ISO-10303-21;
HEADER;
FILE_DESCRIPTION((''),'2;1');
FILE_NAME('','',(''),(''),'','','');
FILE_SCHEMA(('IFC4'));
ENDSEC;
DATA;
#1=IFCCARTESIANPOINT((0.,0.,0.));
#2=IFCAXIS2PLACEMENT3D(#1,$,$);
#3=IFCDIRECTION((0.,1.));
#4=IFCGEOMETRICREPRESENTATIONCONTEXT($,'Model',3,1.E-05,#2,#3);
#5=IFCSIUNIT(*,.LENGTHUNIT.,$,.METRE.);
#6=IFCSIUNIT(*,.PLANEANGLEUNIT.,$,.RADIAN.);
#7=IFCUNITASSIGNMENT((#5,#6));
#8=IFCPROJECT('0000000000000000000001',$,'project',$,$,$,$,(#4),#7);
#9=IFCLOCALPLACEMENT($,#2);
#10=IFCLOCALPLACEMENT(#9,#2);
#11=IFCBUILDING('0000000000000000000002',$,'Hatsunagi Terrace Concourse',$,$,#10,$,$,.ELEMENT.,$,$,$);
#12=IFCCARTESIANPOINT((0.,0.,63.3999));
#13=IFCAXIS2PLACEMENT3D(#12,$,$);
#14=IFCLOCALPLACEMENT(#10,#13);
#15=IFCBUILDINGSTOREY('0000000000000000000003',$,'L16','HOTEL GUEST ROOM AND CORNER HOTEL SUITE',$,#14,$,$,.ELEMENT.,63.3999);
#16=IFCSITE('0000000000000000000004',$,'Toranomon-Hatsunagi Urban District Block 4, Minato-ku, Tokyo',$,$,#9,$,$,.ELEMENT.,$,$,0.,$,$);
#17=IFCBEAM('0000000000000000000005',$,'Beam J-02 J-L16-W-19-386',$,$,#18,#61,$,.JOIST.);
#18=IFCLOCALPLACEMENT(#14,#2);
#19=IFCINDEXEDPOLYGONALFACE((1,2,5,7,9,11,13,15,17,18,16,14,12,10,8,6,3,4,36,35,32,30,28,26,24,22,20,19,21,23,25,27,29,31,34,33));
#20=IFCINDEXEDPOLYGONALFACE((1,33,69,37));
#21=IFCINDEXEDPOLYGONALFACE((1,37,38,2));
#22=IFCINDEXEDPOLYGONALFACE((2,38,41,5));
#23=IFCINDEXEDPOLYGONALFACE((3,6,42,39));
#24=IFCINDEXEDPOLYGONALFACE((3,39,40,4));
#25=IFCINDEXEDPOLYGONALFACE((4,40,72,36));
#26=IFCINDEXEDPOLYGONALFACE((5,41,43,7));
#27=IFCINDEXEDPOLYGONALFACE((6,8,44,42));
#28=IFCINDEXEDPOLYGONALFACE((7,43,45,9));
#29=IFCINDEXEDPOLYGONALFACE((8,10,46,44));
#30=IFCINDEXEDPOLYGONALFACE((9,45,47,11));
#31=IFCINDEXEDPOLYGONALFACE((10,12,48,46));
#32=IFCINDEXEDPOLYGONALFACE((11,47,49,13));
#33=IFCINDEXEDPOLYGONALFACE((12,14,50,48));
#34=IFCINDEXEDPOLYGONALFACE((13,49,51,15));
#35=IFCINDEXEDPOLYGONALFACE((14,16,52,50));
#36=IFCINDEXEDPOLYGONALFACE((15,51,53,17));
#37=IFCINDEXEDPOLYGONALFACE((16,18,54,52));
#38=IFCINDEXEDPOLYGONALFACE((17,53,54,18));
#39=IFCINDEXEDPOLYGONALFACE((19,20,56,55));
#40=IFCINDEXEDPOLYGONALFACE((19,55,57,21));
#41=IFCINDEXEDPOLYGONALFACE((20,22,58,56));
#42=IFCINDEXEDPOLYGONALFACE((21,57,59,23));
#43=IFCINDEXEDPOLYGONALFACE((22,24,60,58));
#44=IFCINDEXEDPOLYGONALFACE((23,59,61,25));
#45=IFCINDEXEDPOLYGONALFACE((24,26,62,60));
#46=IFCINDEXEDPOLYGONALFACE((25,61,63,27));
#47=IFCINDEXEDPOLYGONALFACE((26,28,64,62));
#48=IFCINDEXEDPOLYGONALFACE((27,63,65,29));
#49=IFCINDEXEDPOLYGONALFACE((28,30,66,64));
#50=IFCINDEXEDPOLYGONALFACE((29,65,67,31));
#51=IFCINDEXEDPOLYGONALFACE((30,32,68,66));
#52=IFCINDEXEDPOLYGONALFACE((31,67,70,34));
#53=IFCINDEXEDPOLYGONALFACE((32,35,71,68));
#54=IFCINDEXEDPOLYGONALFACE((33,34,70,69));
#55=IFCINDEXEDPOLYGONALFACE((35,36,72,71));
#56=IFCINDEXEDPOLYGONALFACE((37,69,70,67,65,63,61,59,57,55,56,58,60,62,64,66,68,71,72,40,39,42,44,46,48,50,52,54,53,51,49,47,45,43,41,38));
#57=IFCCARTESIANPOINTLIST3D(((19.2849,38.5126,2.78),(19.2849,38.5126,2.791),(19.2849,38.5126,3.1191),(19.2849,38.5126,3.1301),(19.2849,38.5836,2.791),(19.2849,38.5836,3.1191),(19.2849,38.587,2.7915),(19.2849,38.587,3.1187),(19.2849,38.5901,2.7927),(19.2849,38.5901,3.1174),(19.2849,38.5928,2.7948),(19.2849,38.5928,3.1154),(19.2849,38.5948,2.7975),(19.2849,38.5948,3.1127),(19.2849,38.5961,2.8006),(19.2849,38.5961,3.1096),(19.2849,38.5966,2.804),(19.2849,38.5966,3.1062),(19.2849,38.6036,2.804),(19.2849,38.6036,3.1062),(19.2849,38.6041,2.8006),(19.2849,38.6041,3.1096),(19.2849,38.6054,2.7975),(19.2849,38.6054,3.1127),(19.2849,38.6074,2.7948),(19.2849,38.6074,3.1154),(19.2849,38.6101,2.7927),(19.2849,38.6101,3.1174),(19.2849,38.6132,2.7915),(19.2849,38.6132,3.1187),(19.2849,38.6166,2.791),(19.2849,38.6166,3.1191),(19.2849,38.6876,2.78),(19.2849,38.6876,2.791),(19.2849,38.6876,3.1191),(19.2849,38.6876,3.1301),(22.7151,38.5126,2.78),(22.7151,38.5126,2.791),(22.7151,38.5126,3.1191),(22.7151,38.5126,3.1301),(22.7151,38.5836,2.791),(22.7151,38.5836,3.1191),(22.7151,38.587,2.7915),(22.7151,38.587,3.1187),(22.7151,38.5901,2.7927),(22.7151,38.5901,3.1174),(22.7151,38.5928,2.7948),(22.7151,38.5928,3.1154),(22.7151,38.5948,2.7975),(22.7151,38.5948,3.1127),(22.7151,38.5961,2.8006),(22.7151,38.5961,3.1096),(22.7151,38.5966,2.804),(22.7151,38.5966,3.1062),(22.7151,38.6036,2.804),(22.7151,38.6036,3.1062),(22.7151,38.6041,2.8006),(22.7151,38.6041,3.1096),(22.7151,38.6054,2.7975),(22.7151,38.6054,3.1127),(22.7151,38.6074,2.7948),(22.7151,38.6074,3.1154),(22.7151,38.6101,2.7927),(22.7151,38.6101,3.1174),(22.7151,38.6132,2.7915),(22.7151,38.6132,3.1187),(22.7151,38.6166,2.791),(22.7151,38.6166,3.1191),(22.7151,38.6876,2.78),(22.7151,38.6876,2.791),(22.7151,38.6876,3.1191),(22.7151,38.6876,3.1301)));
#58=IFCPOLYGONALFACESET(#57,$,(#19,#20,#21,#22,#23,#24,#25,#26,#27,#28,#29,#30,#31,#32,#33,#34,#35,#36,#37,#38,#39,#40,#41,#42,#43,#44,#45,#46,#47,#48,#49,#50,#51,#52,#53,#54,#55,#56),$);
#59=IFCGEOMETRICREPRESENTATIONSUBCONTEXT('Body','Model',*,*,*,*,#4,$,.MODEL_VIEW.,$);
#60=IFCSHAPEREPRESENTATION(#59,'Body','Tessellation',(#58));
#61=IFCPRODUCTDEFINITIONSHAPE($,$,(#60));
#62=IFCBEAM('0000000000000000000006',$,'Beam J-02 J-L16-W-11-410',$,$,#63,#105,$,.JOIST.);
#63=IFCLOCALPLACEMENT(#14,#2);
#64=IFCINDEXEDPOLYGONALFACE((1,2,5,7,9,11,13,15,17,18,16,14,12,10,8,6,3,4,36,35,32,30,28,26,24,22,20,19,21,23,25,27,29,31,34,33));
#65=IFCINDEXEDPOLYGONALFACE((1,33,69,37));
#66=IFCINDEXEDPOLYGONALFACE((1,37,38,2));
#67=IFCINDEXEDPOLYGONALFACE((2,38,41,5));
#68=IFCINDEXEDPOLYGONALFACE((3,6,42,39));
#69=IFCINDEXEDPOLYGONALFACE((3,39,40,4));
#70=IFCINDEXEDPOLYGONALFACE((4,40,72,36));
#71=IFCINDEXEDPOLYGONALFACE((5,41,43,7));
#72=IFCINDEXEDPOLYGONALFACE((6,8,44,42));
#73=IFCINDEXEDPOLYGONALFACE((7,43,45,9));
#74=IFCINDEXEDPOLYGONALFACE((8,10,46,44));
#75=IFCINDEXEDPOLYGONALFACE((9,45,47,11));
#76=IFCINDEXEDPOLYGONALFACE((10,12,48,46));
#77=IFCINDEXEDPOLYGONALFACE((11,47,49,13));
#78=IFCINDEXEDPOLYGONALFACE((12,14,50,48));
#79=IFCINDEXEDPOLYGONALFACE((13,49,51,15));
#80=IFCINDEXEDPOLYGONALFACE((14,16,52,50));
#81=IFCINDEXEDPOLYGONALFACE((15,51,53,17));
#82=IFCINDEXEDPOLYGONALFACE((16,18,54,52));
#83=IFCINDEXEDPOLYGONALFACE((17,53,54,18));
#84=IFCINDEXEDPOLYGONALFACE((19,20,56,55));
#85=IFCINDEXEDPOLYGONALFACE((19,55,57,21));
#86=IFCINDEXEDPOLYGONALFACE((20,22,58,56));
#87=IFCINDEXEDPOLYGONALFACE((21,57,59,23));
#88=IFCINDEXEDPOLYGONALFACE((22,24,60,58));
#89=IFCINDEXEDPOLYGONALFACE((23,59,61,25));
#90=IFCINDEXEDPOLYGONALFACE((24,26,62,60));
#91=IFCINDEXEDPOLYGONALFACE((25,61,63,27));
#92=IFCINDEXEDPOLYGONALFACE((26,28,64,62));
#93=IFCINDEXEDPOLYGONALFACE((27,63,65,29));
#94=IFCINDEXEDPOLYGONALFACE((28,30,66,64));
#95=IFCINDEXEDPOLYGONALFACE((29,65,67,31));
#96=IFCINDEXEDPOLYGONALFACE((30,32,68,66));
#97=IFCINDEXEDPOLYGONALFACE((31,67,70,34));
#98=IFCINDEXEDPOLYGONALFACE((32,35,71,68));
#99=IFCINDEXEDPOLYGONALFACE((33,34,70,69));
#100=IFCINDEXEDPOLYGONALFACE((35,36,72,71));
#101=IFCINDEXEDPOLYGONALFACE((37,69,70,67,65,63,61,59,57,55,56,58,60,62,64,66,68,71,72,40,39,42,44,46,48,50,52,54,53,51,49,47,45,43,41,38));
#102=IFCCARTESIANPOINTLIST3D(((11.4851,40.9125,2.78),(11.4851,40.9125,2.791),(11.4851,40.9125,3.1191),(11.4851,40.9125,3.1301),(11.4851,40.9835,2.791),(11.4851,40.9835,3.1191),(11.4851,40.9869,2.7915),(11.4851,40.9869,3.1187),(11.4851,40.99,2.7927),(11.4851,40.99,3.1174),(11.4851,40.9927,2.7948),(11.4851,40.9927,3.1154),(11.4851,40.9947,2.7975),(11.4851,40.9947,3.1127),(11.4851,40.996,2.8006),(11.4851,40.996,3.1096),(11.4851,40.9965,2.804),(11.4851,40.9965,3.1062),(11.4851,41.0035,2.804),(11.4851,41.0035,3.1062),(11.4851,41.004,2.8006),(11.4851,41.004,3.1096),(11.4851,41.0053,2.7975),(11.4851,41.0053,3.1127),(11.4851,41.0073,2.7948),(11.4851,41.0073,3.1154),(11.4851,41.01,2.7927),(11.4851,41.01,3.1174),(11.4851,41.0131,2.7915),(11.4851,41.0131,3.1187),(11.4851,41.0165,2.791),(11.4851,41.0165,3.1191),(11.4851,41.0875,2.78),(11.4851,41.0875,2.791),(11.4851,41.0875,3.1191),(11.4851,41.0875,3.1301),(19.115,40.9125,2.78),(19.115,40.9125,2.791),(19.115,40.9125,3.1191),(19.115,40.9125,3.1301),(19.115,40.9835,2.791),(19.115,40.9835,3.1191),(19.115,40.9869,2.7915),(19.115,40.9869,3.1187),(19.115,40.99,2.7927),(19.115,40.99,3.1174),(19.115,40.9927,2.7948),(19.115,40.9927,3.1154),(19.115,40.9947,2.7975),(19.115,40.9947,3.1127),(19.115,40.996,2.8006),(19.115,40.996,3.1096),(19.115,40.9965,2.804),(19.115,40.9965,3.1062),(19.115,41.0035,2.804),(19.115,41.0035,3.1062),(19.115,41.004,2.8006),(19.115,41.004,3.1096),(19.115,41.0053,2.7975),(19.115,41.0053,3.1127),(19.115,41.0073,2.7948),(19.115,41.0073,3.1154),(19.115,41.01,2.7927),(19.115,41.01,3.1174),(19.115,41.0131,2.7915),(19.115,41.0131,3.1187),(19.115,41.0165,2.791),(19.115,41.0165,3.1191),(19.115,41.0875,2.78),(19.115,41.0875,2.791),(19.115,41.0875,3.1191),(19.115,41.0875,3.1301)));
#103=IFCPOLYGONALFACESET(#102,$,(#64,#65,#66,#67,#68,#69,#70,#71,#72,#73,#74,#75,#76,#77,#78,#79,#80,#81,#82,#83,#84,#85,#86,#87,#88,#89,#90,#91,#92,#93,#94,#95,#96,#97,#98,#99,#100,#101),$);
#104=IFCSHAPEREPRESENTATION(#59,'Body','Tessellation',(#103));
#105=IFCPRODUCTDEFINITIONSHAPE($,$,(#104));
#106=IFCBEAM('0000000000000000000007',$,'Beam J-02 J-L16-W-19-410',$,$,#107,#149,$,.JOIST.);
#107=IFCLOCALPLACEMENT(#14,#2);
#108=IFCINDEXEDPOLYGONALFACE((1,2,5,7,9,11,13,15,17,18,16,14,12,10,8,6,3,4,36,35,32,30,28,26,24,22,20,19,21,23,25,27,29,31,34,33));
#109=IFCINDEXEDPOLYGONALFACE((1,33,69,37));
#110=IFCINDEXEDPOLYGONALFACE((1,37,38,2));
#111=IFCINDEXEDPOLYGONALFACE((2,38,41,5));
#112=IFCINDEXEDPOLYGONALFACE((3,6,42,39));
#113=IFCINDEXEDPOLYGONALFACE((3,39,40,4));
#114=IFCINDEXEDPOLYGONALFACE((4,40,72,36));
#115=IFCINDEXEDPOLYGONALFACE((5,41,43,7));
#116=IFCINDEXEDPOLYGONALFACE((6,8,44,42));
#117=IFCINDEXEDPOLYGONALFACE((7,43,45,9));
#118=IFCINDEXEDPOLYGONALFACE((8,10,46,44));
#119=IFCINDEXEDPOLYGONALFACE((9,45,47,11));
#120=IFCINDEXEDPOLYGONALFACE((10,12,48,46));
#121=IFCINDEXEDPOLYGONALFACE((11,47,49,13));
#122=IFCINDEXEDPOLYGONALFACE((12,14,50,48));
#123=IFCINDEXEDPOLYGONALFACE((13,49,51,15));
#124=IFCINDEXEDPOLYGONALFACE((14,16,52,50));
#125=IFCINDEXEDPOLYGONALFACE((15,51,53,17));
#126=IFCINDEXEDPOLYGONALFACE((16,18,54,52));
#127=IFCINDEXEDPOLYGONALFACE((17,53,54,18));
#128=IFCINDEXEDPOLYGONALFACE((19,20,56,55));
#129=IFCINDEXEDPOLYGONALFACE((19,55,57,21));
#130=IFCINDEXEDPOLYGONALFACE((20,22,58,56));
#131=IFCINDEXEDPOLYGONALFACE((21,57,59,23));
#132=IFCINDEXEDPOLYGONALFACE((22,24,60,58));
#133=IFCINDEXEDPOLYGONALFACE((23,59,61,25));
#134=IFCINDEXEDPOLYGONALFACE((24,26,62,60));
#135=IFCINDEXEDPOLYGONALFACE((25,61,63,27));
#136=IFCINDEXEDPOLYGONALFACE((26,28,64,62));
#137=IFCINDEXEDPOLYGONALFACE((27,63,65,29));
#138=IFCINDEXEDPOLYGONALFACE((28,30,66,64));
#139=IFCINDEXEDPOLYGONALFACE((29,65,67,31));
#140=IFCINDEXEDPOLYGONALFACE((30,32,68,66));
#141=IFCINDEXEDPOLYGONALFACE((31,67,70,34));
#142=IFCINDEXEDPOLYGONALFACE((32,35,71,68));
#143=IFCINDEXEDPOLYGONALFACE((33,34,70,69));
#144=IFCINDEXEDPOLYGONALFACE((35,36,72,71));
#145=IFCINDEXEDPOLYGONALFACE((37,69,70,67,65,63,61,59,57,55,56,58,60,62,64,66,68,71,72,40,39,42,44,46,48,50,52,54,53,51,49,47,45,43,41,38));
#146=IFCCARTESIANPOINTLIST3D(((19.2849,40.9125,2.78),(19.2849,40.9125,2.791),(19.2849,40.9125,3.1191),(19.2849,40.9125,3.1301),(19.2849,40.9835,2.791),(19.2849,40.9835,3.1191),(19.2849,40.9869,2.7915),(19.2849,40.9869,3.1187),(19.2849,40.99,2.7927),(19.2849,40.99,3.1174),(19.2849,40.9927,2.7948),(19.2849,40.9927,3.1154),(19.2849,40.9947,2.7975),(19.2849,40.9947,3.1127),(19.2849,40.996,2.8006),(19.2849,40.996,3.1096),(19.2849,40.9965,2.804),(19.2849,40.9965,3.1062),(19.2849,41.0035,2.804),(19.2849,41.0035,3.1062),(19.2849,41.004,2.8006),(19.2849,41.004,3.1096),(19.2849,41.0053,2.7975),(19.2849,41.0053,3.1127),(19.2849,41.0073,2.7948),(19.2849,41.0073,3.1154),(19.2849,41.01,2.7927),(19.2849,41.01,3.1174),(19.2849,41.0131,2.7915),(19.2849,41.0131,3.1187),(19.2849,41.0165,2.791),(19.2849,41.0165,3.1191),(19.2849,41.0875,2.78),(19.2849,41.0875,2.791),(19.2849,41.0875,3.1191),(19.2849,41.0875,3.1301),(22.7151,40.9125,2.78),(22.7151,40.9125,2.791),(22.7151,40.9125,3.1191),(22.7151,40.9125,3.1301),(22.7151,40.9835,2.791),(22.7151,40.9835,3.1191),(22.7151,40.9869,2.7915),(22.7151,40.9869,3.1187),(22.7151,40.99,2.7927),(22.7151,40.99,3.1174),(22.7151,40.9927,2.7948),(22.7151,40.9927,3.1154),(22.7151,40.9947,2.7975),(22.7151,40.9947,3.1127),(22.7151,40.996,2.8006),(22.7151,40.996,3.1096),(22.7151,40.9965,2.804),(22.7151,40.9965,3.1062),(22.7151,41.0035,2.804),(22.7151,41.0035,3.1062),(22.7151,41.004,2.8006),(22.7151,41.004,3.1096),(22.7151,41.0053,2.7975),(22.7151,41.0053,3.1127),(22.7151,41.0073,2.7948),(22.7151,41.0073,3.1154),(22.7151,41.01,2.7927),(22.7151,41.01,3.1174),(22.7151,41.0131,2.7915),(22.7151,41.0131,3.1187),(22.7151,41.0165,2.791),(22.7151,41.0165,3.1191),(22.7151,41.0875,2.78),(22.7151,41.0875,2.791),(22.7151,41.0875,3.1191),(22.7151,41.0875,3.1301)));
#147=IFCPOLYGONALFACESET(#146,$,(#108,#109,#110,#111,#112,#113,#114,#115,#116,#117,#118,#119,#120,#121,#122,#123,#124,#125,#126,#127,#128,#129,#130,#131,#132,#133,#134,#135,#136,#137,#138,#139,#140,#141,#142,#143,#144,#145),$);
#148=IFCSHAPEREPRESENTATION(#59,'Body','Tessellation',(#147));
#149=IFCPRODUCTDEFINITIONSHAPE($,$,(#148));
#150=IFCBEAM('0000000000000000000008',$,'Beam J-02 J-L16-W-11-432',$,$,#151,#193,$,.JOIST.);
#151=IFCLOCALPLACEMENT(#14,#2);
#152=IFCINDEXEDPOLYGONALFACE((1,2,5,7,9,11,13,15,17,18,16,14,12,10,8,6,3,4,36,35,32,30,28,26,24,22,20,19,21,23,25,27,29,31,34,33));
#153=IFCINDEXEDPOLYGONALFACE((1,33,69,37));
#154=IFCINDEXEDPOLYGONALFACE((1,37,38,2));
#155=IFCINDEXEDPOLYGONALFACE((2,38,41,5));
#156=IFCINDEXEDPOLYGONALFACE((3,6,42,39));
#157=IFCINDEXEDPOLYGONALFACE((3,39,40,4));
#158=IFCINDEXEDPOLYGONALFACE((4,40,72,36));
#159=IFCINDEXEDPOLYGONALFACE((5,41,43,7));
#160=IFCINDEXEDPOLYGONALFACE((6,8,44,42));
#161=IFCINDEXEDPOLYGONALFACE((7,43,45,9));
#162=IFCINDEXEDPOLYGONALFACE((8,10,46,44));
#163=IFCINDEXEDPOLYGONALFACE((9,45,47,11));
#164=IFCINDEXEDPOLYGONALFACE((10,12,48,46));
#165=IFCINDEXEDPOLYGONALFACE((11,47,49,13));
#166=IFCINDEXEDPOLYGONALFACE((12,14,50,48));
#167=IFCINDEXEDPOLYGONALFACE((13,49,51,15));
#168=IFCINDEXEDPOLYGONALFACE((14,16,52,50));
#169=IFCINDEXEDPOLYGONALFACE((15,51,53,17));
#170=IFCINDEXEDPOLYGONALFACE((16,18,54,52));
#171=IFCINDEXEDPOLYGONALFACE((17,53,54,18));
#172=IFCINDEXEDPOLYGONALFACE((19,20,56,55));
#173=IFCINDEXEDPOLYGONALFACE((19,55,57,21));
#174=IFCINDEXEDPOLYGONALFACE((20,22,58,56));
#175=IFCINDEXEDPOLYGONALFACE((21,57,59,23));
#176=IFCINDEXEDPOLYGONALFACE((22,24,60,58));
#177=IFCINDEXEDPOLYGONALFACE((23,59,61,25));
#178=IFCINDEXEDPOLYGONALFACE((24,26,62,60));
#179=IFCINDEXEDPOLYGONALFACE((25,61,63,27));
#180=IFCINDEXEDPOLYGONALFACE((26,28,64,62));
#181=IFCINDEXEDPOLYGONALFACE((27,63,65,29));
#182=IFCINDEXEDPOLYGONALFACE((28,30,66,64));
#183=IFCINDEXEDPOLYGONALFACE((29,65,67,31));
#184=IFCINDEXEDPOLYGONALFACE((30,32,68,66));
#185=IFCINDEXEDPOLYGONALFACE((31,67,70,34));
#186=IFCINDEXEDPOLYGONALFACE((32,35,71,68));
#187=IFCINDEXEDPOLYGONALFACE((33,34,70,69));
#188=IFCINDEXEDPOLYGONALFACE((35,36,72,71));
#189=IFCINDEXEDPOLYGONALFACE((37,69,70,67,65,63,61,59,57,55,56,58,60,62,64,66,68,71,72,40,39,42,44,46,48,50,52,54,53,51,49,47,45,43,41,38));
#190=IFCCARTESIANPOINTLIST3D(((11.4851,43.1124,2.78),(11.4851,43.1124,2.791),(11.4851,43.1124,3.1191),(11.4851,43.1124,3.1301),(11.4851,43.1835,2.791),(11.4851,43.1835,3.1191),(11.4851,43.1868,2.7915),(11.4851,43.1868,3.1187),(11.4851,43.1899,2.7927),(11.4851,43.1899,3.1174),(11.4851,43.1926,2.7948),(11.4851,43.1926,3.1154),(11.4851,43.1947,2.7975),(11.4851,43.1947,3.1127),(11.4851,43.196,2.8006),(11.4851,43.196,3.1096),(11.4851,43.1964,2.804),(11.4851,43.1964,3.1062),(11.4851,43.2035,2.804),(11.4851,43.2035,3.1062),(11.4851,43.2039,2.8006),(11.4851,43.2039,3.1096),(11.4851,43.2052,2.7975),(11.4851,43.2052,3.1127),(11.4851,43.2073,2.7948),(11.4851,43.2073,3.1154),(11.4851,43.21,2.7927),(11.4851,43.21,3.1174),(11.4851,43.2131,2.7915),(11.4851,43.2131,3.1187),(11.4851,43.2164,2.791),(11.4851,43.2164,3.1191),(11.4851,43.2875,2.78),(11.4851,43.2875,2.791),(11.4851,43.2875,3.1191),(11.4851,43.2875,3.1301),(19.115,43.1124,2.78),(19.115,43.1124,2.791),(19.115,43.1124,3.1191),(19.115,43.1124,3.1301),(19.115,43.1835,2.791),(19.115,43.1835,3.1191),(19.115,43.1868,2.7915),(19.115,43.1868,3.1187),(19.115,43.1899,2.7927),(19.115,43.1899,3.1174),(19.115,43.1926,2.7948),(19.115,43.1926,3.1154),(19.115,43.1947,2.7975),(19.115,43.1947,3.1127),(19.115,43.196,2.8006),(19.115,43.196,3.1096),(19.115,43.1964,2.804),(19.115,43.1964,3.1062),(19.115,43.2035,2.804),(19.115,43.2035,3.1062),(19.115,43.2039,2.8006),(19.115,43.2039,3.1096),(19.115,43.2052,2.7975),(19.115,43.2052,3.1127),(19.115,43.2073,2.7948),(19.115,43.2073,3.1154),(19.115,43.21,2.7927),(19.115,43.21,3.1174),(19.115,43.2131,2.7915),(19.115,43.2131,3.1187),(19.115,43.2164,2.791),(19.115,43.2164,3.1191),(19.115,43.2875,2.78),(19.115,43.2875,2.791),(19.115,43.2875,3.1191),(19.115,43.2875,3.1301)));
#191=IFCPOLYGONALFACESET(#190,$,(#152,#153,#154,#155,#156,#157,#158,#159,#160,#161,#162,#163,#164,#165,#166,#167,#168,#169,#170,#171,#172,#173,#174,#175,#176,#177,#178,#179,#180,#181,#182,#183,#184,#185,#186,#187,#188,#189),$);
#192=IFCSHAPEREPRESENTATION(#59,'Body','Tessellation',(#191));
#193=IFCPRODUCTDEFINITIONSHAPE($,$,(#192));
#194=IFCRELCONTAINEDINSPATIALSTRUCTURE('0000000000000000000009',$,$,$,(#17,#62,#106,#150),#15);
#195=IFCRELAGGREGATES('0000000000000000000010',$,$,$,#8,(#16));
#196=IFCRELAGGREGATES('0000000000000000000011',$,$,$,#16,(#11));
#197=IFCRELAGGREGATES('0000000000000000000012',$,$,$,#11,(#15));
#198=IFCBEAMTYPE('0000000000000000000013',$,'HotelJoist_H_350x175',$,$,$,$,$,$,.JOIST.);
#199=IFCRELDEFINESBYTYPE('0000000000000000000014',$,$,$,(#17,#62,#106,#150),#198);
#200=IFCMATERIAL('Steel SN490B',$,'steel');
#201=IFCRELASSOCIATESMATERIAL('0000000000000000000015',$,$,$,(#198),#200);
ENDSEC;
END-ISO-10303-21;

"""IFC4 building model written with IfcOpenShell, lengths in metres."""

from ifc_helpers import new_model, si_unit, direction, frame, origin, origin_2d, place, context, subcontext, project, spatial, i_section, extrude, material, material_profile, profile_set, type_object, element, save


model = new_model("IFC4")

# Units and contexts
model_context = context("Model", 3, precision=1e-05, world=origin(), true_north=direction((0.0, 1.0)))
body_context = subcontext(model_context, "Body", "Model", "MODEL_VIEW")
ifc_project = project(units=[si_unit("LENGTHUNIT", "METRE"), si_unit("PLANEANGLEUNIT", "RADIAN")], contexts=[model_context])

# Site, building, storey
site_placement = place(None, origin())
site = spatial("IfcSite", under=ifc_project, at=site_placement, Name="Toranomon-Hatsunagi Urban District Block 4, Minato-ku, Tokyo", CompositionType="ELEMENT", RefElevation=0.0)
building_placement = place(site_placement, origin())
building = spatial("IfcBuilding", under=site, at=building_placement, Name="Hatsunagi Terrace Concourse", CompositionType="ELEMENT")
storey_placement = place(building_placement, frame((0.0, 0.0, 63.3999)))
storey = spatial("IfcBuildingStorey", under=building, at=storey_placement, Name="L16", Description="HOTEL GUEST ROOM AND CORNER HOTEL SUITE", CompositionType="ELEMENT", Elevation=63.3999)

# Beams
ifc_material_1 = material(Name="Steel SN490B", Category="steel")
ifc_material_profile_1 = material_profile(ifc_material_1, i_section(OverallWidth=0.175, OverallDepth=0.3501, WebThickness=0.0071, FlangeThickness=0.011, FilletRadius=0.0129, at=origin_2d()), Name="H-350x175x7x11")
ifc_profile_set_1 = profile_set([ifc_material_profile_1], Name="Steel SN490B")
beam_type_1 = type_object("IfcBeamType", Name="HotelJoist_H_350x175", PredefinedType="JOIST", material=ifc_profile_set_1)
beam_1_placement = place(storey_placement, frame((19.2849, 38.6001, 2.9551), z_axis=(1.0, 0.0, 0.0), x_axis=(0.0, 1.0, 0.0)))
element("IfcBeam", 1, at=beam_1_placement, inside=storey, type_object=beam_type_1, Name="Beam J-02 J-L16-W-19-386", PredefinedType="JOIST", context=body_context, shape_type="SweptSolid", body=[
    extrude(i_section(OverallWidth=0.175, OverallDepth=0.3501, WebThickness=0.0071, FlangeThickness=0.011, FilletRadius=0.0129, at=origin_2d()), origin(), (0.0, 0.0, 1.0), 3.4302),
])
beam_2_placement = place(storey_placement, frame((11.4851, 41.0, 2.9551), z_axis=(1.0, 0.0, 0.0), x_axis=(0.0, 1.0, 0.0)))
element("IfcBeam", 2, at=beam_2_placement, inside=storey, type_object=beam_type_1, Name="Beam J-02 J-L16-W-11-410", PredefinedType="JOIST", context=body_context, shape_type="SweptSolid", body=[
    extrude(i_section(OverallWidth=0.175, OverallDepth=0.3501, WebThickness=0.0071, FlangeThickness=0.011, FilletRadius=0.0129, at=origin_2d()), origin(), (0.0, 0.0, 1.0), 7.6299),
])
beam_3_placement = place(storey_placement, frame((19.2849, 41.0, 2.9551), z_axis=(1.0, 0.0, 0.0), x_axis=(0.0, 1.0, 0.0)))
element("IfcBeam", 3, at=beam_3_placement, inside=storey, type_object=beam_type_1, Name="Beam J-02 J-L16-W-19-410", PredefinedType="JOIST", context=body_context, shape_type="SweptSolid", body=[
    extrude(i_section(OverallWidth=0.175, OverallDepth=0.3501, WebThickness=0.0071, FlangeThickness=0.011, FilletRadius=0.0129, at=origin_2d()), origin(), (0.0, 0.0, 1.0), 3.4302),
])
for number, where, z_axis, x_axis, name in (
    (4, (11.4851, 43.2, 2.9551), (1.0, 0.0, 0.0), (0.0, 1.0, 0.0), "Beam J-02 J-L16-W-11-432"),
):
    element("IfcBeam", number, at=place(storey_placement, frame(where, z_axis=z_axis, x_axis=x_axis)), inside=storey, type_object=beam_type_1, Name=name, PredefinedType="JOIST", context=body_context, shape_type="SweptSolid", body=[
        extrude(i_section(OverallWidth=0.175, OverallDepth=0.3501, WebThickness=0.0071, FlangeThickness=0.011, FilletRadius=0.0129, at=origin_2d()), origin(), (0.0, 0.0, 1.0), 7.6299),
    ])

save(model, "model.ifc")
